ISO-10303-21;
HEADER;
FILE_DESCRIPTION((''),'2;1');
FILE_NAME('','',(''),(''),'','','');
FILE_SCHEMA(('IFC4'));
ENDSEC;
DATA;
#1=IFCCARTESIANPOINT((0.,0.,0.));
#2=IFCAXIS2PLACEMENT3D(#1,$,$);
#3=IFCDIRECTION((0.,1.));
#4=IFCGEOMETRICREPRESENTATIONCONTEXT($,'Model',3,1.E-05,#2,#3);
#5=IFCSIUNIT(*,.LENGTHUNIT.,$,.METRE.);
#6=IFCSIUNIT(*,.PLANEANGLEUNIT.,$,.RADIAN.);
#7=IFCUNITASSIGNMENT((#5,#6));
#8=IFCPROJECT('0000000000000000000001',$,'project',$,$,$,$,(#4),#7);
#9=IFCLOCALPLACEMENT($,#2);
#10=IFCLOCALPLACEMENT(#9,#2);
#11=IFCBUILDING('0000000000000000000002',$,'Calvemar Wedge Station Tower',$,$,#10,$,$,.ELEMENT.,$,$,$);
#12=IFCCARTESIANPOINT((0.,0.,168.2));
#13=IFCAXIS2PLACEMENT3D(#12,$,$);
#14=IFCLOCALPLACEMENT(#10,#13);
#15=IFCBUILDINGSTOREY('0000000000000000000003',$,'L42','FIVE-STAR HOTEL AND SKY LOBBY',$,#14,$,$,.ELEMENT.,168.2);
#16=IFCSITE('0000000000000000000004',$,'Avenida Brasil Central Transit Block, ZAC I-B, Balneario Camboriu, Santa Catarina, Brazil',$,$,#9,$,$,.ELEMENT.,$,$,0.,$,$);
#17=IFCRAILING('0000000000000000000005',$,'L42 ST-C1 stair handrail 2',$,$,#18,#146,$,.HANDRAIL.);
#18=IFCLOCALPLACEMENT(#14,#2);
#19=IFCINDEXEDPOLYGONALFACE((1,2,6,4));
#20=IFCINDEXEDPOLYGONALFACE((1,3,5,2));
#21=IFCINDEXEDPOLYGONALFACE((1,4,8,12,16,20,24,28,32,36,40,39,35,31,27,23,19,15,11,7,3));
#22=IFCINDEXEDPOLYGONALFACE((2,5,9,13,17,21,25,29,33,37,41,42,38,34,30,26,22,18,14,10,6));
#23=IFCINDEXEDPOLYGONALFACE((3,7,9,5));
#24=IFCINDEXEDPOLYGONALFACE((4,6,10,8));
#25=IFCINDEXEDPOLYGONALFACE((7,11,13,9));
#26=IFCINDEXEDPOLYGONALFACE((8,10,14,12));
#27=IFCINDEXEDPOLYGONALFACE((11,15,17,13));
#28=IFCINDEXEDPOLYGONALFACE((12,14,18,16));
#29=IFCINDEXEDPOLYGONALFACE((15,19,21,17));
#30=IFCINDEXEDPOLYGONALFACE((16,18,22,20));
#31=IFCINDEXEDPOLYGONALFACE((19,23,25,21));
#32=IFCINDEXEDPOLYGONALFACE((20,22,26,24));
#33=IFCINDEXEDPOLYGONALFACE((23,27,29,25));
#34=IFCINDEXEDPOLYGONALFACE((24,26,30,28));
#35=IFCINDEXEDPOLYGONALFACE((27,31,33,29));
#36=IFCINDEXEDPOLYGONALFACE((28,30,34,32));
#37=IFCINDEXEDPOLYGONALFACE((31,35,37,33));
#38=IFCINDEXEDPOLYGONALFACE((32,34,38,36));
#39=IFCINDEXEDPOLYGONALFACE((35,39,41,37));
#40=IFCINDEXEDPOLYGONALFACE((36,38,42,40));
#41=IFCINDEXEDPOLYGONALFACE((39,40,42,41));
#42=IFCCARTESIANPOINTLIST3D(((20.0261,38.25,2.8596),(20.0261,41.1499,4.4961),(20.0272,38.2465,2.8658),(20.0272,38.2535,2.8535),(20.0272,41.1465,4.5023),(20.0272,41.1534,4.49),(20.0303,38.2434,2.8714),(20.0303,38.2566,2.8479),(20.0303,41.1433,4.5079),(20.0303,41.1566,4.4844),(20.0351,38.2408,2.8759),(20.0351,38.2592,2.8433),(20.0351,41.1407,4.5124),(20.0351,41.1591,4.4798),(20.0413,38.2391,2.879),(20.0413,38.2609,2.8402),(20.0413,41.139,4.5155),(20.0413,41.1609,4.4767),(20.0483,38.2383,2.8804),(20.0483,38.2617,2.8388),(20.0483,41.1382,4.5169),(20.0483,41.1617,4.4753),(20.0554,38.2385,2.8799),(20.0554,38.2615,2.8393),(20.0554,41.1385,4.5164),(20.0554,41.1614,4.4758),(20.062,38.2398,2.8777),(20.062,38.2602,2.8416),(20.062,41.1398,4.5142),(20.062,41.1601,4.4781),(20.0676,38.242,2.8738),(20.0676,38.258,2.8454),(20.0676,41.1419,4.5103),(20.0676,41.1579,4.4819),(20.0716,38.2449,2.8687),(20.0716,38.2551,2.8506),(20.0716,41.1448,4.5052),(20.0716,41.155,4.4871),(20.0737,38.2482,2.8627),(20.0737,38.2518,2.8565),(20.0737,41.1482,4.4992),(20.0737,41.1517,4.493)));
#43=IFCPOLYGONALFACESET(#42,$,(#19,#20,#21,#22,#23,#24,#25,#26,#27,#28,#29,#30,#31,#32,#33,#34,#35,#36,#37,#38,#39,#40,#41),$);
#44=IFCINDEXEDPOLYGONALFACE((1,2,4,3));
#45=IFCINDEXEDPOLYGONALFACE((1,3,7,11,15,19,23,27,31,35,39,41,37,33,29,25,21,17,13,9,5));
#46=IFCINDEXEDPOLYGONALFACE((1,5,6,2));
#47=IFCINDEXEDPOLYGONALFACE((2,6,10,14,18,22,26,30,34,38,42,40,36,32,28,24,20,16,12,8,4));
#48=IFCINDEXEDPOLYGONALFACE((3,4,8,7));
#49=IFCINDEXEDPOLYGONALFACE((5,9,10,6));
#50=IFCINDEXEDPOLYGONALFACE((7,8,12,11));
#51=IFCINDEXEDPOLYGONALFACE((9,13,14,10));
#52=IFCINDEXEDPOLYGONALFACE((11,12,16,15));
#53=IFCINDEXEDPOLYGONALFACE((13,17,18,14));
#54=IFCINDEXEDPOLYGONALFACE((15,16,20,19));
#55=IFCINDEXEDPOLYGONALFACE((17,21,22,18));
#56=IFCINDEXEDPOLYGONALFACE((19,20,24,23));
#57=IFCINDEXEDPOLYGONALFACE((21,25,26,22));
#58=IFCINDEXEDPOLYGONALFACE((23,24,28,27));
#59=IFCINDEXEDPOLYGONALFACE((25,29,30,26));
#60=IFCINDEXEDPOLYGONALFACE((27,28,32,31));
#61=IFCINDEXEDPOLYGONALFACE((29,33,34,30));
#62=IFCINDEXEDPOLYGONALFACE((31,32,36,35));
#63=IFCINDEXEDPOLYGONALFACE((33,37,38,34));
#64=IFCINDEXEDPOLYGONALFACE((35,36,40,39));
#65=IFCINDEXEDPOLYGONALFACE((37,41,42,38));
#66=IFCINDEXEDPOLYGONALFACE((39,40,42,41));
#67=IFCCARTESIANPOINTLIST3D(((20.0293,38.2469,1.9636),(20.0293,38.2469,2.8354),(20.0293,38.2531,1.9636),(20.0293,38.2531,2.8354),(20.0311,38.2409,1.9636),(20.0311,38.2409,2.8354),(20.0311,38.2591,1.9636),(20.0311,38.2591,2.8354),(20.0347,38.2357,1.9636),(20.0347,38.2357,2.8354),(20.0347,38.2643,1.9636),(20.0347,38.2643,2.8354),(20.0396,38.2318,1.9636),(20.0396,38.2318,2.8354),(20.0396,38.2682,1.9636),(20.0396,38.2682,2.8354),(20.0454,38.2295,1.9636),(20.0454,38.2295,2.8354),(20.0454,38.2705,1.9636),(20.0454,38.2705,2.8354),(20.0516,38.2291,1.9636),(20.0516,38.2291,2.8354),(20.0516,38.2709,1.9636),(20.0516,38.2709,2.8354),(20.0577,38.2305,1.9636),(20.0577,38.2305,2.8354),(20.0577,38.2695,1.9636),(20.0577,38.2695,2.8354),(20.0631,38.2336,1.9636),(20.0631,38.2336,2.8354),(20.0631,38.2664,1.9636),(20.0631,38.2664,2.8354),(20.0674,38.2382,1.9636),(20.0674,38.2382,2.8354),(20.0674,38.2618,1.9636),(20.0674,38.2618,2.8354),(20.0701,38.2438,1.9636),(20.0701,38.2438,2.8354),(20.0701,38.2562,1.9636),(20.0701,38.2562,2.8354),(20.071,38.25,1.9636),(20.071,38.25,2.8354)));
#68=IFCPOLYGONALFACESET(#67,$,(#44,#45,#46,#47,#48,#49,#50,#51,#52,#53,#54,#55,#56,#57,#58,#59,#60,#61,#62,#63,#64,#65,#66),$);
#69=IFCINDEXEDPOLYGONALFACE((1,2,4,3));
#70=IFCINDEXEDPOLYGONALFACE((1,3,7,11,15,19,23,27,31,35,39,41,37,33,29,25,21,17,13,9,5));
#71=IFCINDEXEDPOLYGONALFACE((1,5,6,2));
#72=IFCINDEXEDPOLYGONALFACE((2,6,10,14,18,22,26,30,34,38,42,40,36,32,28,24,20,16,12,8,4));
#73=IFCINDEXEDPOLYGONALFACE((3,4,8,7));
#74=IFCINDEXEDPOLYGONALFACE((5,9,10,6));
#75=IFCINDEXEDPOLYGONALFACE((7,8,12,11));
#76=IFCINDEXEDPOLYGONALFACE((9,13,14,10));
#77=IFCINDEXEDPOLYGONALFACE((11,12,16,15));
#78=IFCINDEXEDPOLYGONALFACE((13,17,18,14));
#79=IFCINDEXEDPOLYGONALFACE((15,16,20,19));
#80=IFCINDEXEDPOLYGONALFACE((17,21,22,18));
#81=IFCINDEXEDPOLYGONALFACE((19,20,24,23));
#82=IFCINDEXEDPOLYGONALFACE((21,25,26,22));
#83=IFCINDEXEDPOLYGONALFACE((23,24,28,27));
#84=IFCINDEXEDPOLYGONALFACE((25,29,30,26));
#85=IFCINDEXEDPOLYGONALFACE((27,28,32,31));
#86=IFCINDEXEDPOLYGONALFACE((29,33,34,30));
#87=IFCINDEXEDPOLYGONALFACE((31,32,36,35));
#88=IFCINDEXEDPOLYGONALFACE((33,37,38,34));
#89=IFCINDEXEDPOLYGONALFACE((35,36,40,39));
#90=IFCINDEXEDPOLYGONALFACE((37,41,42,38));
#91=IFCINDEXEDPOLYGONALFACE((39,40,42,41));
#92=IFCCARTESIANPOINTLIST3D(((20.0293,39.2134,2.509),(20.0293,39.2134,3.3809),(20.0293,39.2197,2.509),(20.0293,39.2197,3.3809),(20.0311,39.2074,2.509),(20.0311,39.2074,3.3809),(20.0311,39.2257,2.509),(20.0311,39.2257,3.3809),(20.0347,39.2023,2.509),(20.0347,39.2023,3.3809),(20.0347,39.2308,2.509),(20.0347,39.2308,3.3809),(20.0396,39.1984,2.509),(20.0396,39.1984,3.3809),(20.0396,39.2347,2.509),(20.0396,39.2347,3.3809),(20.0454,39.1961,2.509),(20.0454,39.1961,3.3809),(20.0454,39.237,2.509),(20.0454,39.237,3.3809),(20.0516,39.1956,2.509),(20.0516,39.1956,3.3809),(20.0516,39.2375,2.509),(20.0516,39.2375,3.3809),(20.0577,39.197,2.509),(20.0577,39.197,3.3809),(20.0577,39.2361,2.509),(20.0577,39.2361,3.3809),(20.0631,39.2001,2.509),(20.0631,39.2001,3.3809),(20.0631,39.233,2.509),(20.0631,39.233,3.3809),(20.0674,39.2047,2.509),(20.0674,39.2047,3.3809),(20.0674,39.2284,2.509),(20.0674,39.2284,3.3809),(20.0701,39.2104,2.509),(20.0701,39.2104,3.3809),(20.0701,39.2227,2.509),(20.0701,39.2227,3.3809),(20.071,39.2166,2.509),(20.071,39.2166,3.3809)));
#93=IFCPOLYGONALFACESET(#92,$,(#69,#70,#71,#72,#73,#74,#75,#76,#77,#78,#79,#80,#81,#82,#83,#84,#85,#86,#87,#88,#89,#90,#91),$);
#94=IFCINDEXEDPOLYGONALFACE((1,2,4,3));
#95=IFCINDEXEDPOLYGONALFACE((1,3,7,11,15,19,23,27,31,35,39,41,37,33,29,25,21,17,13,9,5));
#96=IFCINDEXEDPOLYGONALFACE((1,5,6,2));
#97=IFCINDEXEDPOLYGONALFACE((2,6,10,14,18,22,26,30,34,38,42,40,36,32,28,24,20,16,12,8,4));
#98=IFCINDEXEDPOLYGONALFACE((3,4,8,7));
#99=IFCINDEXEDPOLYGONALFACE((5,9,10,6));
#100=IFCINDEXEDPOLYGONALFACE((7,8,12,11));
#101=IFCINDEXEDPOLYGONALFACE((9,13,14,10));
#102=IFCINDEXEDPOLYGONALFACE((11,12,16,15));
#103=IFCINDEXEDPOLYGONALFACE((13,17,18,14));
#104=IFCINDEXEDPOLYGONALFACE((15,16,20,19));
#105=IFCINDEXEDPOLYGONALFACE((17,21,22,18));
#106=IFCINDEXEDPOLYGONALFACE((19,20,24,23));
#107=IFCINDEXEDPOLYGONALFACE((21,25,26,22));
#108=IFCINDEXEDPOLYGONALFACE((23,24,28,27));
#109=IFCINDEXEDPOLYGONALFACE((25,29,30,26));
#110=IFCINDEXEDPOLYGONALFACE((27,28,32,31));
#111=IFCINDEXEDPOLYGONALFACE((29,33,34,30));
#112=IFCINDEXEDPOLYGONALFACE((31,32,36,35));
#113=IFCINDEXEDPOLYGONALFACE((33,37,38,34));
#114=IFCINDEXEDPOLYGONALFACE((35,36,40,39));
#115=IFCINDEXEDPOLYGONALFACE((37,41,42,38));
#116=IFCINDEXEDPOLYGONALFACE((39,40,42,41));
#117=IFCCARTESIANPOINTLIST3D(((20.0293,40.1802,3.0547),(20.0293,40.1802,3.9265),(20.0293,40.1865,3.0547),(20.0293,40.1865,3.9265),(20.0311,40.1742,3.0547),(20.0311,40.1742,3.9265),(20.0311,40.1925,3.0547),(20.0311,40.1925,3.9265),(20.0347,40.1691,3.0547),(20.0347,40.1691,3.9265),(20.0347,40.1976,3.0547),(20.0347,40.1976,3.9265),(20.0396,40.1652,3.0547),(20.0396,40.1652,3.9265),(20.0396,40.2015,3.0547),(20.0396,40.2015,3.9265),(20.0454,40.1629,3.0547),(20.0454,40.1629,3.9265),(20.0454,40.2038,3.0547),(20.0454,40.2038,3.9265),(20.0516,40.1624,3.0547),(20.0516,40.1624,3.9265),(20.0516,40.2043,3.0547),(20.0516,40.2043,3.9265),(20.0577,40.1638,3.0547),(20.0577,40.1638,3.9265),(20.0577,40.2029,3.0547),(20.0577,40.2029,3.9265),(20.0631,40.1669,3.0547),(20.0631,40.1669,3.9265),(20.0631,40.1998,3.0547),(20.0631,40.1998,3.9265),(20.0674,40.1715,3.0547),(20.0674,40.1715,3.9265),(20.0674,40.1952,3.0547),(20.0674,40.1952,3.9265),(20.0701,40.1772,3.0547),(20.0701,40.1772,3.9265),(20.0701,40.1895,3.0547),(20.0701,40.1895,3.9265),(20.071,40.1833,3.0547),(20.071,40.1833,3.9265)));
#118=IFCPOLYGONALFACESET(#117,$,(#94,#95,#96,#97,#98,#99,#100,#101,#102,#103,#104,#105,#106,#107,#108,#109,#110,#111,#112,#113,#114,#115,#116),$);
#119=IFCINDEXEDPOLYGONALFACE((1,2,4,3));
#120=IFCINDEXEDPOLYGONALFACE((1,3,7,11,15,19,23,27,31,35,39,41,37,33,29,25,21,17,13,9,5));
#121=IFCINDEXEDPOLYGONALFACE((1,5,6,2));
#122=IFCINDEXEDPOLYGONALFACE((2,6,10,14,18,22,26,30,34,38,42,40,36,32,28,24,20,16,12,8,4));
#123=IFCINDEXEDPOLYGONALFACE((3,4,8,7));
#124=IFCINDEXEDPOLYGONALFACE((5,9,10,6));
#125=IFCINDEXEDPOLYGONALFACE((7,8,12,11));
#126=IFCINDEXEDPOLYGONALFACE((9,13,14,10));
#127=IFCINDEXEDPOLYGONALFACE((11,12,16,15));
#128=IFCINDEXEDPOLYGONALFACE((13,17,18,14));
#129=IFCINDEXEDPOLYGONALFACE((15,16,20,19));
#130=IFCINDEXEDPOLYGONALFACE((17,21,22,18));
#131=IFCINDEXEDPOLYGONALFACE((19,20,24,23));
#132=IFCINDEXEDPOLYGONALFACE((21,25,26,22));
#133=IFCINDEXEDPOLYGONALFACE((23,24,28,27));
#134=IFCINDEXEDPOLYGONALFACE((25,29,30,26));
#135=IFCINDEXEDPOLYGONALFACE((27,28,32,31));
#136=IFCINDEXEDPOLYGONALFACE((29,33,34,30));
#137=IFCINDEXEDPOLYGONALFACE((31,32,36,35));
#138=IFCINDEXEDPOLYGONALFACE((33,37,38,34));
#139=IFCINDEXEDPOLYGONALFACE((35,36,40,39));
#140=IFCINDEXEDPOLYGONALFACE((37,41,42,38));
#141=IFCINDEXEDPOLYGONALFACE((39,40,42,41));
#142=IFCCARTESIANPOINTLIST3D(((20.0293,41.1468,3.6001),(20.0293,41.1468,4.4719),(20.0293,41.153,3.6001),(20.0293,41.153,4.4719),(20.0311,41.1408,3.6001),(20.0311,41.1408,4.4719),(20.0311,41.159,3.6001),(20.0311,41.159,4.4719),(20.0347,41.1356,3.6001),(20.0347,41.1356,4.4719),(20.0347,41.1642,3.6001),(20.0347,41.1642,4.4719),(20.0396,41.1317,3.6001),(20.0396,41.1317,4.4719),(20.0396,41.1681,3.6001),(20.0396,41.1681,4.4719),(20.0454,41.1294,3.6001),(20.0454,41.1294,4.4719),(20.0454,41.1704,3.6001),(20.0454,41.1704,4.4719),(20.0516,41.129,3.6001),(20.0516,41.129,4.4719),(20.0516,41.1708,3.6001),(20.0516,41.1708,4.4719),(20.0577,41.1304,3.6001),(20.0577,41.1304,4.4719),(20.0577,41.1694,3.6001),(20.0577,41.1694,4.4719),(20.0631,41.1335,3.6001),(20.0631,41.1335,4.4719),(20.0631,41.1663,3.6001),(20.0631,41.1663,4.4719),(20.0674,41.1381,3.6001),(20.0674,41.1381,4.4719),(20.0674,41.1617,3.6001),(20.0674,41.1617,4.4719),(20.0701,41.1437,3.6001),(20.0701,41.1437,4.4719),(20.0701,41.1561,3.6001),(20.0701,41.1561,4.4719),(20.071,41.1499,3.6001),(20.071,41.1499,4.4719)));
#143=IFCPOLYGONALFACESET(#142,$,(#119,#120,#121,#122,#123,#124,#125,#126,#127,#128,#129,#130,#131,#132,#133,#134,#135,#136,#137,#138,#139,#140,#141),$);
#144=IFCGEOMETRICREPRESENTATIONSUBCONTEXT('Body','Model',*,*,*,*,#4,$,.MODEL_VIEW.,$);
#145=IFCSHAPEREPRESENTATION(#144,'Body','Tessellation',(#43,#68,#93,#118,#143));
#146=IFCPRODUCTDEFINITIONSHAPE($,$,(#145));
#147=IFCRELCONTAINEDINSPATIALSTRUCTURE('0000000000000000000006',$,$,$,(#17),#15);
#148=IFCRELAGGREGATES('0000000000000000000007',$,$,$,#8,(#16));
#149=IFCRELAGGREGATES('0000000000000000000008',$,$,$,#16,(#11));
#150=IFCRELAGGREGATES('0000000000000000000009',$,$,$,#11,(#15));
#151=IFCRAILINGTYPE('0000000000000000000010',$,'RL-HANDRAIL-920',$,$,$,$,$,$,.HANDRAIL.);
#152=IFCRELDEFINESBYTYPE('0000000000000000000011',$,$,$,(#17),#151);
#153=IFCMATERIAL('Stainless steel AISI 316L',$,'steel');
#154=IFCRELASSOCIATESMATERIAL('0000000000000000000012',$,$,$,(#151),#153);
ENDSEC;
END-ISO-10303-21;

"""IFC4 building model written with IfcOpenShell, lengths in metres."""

from ifc_helpers import new_model, si_unit, direction, frame, origin, origin_2d, place, context, subcontext, project, spatial, circle, extrude, material, type_object, element, save


model = new_model("IFC4")

# Units and contexts
model_context = context("Model", 3, precision=1e-05, world=origin(), true_north=direction((0.0, 1.0)))
body_context = subcontext(model_context, "Body", "Model", "MODEL_VIEW")
ifc_project = project(units=[si_unit("LENGTHUNIT", "METRE"), si_unit("PLANEANGLEUNIT", "RADIAN")], contexts=[model_context])

# Site, building, storey
site_placement = place(None, origin())
site = spatial("IfcSite", under=ifc_project, at=site_placement, Name="Avenida Brasil Central Transit Block, ZAC I-B, Balneario Camboriu, Santa Catarina, Brazil", CompositionType="ELEMENT", RefElevation=0.0)
building_placement = place(site_placement, origin())
building = spatial("IfcBuilding", under=site, at=building_placement, Name="Calvemar Wedge Station Tower", CompositionType="ELEMENT")
storey_placement = place(building_placement, frame((0.0, 0.0, 168.2)))
storey = spatial("IfcBuildingStorey", under=building, at=storey_placement, Name="L42", Description="FIVE-STAR HOTEL AND SKY LOBBY", CompositionType="ELEMENT", Elevation=168.2)

# Railing
ifc_material_1 = material(Name="Stainless steel AISI 316L", Category="steel")
railing_type_1 = type_object("IfcRailingType", Name="RL-HANDRAIL-920", PredefinedType="HANDRAIL", material=ifc_material_1)
railing_1_placement = place(storey_placement, frame((20.05, 38.25, 1.9636)))
element("IfcRailing", 1, at=railing_1_placement, inside=storey, type_object=railing_type_1, Name="L42 ST-C1 stair handrail 2", PredefinedType="HANDRAIL", context=body_context, shape_type="SweptSolid", body=[
    extrude(circle(Radius=0.0239, at=origin_2d()), frame((0.0, 0.0, 0.896), z_axis=(0.0, 0.870897, 0.491465), x_axis=(-1.0, 0.0, 0.0)), (0.0, 0.0, 1.0), 3.3298),
    extrude(circle(Radius=0.021, at=origin_2d()), origin(), (0.0, 0.0, 1.0), 0.8718),
    extrude(circle(Radius=0.021, at=origin_2d()), frame((0.0, 0.9666, 0.5454)), (0.0, 0.0, 1.0), 0.8718),
    extrude(circle(Radius=0.021, at=origin_2d()), frame((0.0, 1.9333, 1.0911)), (0.0, 0.0, 1.0), 0.8718),
    extrude(circle(Radius=0.021, at=origin_2d()), frame((0.0, 2.8999, 1.6365)), (0.0, 0.0, 1.0), 0.8718),
])

save(model, "model.ifc")
